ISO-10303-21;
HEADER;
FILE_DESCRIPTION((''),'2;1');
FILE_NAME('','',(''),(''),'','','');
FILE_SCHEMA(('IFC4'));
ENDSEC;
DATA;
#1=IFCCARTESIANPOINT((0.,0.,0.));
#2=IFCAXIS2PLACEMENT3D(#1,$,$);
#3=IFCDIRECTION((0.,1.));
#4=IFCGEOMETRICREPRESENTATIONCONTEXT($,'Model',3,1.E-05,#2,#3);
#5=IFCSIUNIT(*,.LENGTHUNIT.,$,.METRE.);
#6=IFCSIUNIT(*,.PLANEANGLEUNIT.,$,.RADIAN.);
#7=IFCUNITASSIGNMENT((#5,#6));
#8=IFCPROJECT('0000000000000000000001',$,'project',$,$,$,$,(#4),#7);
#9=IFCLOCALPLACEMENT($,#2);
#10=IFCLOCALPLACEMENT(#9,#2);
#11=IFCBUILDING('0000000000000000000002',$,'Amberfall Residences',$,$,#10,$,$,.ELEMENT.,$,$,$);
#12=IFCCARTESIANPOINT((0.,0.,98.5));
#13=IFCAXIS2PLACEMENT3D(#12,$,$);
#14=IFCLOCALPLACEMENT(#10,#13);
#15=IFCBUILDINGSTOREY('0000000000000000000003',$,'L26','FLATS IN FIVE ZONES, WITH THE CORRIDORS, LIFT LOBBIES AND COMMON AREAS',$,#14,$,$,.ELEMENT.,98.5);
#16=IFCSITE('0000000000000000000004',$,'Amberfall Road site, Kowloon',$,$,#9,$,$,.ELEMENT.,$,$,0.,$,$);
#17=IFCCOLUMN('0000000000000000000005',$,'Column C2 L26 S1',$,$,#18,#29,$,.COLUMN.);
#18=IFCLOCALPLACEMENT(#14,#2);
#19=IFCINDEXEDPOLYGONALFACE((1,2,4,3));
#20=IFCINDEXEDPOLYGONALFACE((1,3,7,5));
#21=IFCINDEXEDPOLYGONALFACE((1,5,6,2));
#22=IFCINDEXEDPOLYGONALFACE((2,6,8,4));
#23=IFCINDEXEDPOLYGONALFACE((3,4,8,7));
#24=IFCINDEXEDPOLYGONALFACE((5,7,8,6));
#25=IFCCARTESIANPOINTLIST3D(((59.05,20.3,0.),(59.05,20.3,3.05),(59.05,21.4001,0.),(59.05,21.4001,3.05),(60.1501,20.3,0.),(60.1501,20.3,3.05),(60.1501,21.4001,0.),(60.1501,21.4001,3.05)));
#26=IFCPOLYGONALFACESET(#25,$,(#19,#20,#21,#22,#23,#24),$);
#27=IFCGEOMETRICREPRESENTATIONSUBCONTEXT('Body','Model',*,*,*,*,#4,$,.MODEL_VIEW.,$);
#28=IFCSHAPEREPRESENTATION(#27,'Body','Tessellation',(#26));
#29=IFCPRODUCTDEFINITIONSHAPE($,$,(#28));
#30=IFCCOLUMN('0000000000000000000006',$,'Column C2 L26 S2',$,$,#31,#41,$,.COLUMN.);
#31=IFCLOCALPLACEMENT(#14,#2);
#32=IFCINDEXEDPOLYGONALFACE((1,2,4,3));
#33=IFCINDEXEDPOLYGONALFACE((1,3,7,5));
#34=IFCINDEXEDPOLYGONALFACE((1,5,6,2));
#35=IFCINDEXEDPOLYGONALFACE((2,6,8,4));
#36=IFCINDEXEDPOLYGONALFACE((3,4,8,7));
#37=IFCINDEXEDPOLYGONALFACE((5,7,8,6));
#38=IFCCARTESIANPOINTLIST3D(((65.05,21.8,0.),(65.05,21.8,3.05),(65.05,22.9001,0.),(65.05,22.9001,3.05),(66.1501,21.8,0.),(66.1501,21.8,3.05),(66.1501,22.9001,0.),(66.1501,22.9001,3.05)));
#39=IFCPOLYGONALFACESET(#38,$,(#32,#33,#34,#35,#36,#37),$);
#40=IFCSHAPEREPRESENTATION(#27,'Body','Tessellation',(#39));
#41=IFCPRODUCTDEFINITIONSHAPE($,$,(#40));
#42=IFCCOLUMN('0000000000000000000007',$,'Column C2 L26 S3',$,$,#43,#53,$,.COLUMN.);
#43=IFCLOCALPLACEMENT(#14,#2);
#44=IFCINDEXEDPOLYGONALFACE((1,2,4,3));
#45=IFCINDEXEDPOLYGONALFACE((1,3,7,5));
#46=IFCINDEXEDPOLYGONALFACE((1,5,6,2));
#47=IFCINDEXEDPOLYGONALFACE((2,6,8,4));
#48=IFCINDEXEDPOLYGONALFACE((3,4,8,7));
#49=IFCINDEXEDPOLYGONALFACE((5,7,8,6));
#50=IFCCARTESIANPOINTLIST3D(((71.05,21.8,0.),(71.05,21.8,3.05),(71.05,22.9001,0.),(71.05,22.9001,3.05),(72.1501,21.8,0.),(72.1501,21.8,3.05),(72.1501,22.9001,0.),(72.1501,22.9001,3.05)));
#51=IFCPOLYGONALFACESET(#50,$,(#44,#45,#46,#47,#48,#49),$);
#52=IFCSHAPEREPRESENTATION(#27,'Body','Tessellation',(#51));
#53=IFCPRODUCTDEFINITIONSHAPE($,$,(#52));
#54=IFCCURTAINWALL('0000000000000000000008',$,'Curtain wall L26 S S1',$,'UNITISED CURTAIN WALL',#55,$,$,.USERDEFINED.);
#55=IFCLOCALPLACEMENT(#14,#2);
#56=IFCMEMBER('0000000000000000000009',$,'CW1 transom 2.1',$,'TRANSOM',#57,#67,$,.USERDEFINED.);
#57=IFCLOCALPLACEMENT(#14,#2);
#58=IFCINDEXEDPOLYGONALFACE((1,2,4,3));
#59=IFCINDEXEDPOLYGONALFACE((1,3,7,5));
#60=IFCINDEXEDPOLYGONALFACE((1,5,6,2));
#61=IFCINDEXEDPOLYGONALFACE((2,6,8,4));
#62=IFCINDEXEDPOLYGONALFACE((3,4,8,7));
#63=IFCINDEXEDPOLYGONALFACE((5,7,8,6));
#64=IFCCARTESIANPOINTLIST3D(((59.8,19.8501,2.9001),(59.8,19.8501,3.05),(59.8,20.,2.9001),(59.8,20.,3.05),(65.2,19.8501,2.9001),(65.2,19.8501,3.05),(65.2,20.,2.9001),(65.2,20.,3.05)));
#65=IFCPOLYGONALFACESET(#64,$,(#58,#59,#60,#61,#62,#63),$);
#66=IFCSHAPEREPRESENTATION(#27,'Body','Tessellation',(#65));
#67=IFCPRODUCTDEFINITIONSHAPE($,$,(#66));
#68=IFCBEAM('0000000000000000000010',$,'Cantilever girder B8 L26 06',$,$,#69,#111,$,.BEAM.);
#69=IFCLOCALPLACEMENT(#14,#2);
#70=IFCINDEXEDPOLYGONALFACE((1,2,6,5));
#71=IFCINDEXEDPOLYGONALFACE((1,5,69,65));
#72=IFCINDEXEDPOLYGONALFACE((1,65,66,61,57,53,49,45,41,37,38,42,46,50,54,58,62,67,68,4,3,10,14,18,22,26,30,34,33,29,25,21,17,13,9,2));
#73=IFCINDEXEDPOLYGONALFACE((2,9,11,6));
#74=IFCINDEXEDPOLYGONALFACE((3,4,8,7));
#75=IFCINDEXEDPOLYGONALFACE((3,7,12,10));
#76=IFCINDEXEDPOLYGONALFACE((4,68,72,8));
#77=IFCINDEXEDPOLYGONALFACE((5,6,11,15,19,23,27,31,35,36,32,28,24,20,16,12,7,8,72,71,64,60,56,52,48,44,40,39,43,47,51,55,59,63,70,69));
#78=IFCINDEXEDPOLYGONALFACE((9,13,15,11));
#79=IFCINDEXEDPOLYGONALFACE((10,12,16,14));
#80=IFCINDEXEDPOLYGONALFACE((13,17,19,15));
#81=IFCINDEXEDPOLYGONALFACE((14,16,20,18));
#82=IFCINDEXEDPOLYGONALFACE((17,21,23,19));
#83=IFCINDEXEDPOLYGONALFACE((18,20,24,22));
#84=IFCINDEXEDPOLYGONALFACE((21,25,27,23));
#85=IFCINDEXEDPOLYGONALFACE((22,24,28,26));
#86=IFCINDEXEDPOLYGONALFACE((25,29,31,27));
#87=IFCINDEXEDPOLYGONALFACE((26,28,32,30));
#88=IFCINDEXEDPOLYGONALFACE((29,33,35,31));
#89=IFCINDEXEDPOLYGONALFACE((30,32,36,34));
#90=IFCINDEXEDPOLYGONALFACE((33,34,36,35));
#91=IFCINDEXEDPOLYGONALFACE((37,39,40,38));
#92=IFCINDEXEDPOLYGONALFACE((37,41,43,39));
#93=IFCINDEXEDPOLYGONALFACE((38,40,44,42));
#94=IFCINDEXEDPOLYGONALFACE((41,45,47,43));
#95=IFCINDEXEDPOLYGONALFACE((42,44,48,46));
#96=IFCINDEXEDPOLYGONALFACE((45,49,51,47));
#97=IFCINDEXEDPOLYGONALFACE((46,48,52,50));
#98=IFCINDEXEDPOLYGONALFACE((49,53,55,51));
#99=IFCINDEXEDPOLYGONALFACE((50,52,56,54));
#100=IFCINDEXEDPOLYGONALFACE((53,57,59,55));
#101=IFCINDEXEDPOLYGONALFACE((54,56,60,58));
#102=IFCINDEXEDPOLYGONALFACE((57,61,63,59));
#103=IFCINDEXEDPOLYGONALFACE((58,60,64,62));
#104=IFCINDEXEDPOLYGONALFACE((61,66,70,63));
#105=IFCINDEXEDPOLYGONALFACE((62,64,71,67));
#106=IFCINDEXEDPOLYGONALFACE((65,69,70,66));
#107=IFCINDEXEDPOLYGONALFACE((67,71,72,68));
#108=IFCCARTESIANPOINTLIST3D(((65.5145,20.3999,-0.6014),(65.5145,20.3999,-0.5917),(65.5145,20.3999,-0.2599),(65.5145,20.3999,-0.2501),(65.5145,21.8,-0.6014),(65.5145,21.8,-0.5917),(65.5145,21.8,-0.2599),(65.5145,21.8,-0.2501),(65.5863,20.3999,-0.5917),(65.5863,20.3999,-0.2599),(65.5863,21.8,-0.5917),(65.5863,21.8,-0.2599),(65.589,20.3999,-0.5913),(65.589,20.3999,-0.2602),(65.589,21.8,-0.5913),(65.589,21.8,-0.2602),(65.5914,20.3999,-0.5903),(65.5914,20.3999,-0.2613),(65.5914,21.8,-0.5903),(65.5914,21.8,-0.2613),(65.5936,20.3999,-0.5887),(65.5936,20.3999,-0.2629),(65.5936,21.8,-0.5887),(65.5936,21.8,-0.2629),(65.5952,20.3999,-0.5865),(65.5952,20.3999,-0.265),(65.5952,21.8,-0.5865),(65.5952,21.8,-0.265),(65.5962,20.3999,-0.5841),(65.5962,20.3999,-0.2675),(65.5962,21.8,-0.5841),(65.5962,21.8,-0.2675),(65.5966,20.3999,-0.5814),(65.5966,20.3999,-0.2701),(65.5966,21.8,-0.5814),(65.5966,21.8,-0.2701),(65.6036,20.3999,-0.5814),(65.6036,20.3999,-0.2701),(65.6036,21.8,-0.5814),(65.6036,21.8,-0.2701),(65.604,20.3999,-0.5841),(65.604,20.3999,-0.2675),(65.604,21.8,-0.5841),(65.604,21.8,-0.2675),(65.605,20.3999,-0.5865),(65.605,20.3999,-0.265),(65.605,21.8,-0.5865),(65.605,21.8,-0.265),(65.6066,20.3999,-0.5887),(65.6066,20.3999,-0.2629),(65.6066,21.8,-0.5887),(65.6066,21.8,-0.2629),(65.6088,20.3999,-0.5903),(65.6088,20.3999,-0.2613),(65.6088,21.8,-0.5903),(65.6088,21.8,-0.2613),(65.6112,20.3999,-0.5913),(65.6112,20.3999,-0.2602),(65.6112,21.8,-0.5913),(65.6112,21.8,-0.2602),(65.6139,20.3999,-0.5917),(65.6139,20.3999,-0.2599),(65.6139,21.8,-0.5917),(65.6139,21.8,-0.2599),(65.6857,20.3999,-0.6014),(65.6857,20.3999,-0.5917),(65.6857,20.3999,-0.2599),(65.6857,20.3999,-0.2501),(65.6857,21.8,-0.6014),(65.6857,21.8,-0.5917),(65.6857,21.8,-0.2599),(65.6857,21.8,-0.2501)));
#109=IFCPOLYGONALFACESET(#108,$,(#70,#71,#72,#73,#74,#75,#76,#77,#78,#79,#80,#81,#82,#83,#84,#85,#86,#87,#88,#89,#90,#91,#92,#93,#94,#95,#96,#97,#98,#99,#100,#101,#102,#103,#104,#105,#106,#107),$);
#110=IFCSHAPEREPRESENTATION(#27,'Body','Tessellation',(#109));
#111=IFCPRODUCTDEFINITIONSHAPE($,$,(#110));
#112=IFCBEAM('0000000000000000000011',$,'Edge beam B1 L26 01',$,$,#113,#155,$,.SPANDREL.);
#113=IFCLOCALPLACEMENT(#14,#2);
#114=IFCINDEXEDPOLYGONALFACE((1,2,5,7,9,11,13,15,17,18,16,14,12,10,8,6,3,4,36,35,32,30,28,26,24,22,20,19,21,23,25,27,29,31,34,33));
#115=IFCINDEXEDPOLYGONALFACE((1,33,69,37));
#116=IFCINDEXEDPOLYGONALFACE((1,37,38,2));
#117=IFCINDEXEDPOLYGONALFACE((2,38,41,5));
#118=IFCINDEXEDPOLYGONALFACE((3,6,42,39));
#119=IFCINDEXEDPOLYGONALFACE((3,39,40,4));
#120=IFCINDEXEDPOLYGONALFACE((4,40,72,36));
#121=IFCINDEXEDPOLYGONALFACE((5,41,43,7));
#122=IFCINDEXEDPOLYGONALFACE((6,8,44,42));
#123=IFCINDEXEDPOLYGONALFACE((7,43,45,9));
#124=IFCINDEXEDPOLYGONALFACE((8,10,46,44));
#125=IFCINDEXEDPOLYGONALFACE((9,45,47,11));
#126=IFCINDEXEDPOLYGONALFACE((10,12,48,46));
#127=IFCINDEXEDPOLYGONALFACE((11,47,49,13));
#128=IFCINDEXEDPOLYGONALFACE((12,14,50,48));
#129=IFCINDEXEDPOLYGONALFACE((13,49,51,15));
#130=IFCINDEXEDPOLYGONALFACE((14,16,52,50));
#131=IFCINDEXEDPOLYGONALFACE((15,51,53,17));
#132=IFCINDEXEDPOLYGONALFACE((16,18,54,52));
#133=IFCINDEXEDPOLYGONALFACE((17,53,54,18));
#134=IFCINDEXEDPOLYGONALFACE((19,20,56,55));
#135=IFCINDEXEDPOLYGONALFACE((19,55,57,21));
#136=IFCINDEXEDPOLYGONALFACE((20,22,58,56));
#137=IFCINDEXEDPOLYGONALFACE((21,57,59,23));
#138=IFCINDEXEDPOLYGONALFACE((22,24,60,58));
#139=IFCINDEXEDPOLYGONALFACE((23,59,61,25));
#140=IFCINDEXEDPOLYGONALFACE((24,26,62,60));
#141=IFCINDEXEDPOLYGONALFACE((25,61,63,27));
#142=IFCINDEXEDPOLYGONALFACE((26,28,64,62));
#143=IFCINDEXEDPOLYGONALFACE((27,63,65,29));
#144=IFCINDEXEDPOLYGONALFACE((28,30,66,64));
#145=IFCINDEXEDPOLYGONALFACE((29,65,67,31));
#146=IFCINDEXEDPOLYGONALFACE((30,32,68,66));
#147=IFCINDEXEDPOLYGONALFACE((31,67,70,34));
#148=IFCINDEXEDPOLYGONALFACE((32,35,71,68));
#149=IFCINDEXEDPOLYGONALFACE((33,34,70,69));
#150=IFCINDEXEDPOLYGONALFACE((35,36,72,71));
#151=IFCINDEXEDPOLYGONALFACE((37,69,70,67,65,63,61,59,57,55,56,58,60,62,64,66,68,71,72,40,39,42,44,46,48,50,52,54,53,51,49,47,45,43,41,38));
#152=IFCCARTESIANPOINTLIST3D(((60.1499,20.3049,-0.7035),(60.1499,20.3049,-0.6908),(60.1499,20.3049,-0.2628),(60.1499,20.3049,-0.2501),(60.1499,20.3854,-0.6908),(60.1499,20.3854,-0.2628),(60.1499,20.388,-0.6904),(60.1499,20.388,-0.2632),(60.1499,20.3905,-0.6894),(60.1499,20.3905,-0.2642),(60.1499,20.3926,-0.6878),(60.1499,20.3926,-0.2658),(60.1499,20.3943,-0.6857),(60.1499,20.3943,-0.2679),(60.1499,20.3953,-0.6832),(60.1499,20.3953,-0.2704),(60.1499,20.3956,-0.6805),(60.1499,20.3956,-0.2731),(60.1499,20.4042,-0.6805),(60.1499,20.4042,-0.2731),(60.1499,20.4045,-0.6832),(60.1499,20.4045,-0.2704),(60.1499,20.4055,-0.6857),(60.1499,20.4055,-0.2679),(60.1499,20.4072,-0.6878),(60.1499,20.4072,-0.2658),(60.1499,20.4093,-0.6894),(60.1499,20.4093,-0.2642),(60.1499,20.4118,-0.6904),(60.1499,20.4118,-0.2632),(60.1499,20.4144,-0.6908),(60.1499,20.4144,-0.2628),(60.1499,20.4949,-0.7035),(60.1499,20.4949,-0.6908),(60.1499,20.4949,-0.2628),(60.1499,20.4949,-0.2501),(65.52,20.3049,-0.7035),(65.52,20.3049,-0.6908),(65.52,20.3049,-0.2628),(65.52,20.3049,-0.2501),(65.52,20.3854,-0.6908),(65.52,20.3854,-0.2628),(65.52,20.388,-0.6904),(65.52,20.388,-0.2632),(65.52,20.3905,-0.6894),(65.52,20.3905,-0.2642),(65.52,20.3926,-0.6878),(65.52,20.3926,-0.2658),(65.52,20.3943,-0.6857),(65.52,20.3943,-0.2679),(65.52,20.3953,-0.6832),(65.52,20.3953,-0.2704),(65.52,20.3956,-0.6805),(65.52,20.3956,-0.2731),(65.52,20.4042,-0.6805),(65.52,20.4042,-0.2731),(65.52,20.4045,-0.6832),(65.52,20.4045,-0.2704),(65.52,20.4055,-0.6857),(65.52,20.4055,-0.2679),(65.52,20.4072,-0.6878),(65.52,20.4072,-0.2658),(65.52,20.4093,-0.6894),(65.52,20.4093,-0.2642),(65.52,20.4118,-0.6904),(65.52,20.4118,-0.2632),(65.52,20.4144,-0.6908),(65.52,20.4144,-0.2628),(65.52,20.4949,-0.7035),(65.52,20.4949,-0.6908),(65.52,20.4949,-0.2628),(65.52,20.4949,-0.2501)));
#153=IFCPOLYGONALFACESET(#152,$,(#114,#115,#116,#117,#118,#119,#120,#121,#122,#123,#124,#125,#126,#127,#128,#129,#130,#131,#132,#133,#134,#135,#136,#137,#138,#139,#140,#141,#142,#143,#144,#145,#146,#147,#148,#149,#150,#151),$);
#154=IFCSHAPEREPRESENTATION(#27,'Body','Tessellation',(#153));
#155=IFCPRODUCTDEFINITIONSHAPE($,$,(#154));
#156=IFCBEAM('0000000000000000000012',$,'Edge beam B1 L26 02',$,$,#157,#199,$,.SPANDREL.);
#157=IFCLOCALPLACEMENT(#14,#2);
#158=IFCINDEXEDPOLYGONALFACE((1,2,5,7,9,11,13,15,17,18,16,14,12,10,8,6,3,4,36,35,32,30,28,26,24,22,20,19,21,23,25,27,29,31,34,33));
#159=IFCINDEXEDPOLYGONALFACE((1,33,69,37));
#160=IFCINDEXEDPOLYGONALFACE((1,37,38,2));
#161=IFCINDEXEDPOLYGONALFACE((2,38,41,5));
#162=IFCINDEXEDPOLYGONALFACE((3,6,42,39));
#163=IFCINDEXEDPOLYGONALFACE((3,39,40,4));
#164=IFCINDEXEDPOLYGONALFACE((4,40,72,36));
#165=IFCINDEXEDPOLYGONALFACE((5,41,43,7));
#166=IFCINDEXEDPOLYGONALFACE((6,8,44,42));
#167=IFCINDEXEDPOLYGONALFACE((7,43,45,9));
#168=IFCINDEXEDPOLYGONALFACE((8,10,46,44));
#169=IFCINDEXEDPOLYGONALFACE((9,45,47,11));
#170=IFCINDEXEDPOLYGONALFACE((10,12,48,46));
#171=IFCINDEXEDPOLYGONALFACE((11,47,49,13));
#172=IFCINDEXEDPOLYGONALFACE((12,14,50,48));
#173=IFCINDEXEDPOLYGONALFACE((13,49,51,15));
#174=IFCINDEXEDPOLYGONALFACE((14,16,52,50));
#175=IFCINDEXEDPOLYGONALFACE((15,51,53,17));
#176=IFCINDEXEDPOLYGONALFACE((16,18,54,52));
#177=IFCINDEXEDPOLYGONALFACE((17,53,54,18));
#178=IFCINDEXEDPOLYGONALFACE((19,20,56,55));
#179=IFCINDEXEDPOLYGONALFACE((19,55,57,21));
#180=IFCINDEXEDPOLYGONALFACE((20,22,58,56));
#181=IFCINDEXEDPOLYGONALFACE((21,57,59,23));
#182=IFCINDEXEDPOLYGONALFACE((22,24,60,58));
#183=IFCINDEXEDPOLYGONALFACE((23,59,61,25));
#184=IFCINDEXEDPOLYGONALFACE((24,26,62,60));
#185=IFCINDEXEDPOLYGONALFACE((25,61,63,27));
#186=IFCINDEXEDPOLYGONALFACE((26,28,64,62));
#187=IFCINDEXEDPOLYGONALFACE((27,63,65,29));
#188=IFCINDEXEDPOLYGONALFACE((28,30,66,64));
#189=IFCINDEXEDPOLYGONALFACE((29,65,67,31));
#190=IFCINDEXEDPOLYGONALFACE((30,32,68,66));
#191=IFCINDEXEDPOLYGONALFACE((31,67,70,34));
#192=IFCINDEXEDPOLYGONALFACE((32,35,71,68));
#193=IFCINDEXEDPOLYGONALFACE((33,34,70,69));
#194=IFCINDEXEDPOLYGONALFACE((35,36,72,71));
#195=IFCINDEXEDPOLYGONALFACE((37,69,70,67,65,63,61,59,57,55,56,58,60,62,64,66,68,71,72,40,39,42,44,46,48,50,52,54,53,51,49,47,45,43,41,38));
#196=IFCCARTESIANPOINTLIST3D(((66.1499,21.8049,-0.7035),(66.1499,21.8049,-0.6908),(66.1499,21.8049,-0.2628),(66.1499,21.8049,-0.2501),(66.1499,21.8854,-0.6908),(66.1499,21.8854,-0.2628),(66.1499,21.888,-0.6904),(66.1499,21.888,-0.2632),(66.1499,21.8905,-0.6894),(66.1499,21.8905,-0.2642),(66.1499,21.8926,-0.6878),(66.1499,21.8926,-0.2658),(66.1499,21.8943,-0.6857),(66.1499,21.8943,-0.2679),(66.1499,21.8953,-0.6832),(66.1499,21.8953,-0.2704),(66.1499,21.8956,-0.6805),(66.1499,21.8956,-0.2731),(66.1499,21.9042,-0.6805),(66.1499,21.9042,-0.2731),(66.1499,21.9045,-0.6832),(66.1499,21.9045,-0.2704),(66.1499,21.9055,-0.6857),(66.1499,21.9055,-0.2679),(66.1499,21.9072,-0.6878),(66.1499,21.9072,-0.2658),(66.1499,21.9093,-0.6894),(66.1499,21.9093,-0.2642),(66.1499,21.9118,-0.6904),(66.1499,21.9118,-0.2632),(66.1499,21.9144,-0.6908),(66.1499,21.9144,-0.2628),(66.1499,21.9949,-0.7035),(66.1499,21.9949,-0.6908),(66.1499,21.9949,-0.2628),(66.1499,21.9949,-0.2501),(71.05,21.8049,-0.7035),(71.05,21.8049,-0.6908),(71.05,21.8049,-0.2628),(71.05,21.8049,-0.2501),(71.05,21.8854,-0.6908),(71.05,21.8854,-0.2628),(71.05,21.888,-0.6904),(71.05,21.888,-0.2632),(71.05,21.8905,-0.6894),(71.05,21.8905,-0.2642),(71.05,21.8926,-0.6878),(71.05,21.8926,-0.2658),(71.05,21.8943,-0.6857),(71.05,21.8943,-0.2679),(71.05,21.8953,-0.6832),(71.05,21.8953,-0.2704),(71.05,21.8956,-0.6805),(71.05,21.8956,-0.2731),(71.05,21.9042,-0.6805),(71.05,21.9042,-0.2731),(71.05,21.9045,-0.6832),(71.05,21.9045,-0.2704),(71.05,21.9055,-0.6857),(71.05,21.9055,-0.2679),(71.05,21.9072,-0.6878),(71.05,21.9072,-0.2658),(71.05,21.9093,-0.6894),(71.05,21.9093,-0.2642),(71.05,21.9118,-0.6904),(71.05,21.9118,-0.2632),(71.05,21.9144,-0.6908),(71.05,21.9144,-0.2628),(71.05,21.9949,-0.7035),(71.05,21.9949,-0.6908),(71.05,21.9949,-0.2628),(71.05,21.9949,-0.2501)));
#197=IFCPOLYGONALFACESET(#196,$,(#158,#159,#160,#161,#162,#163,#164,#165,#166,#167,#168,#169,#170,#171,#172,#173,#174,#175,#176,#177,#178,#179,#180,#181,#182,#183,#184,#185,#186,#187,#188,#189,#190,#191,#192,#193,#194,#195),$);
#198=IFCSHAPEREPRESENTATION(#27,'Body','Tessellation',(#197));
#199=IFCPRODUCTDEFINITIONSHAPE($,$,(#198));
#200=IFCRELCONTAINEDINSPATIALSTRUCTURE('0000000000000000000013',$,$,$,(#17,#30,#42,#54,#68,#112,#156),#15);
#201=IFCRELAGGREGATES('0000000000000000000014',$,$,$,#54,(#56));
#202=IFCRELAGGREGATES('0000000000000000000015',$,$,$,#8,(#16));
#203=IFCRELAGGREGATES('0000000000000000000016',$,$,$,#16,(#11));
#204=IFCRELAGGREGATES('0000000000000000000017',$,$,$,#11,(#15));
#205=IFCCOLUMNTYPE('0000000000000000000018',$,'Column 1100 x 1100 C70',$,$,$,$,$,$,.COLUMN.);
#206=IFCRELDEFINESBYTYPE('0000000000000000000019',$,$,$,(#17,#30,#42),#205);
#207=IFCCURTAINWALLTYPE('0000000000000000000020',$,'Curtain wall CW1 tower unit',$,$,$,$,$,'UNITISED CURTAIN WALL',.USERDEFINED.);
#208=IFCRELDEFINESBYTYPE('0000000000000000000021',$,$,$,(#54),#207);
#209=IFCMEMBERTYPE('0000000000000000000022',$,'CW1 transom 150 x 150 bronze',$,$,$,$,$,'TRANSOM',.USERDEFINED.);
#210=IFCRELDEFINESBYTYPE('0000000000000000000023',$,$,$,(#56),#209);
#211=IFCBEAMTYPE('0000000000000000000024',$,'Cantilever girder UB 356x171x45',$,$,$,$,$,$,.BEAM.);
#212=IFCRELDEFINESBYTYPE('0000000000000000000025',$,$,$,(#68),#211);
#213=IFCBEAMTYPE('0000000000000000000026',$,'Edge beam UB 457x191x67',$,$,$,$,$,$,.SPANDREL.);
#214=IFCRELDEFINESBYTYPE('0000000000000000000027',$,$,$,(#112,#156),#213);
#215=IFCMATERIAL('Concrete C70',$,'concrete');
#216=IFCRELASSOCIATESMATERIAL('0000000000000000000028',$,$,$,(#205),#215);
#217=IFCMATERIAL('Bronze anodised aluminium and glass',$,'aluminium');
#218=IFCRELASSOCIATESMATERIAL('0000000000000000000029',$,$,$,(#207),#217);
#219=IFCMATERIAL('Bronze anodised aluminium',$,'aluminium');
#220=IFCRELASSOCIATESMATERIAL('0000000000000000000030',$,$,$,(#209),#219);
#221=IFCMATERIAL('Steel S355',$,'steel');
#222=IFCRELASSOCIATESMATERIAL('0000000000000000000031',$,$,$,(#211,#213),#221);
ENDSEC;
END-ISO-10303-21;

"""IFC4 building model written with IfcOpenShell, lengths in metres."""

from ifc_helpers import new_model, si_unit, direction, frame, origin, origin_2d, place, context, subcontext, project, spatial, rectangle, i_section, extrude, material, material_profile, profile_set, type_object, element, aggregate, save


model = new_model("IFC4")

# Units and contexts
model_context = context("Model", 3, precision=1e-05, world=origin(), true_north=direction((0.0, 1.0)))
body_context = subcontext(model_context, "Body", "Model", "MODEL_VIEW")
ifc_project = project(units=[si_unit("LENGTHUNIT", "METRE"), si_unit("PLANEANGLEUNIT", "RADIAN")], contexts=[model_context])

# Site, building, storey
site_placement = place(None, origin())
site = spatial("IfcSite", under=ifc_project, at=site_placement, Name="Amberfall Road site, Kowloon", CompositionType="ELEMENT", RefElevation=0.0)
building_placement = place(site_placement, origin())
building = spatial("IfcBuilding", under=site, at=building_placement, Name="Amberfall Residences", CompositionType="ELEMENT")
storey_placement = place(building_placement, frame((0.0, 0.0, 98.5)))
storey = spatial("IfcBuildingStorey", under=building, at=storey_placement, Name="L26", Description="FLATS IN FIVE ZONES, WITH THE CORRIDORS, LIFT LOBBIES AND COMMON AREAS", CompositionType="ELEMENT", Elevation=98.5)

# Columns
ifc_material_1 = material(Name="Concrete C70", Category="concrete")
ifc_material_profile_1 = material_profile(ifc_material_1, rectangle(XDim=1.1001, YDim=1.1001, at=origin_2d()), Name="Column 1100 x 1100 C70")
ifc_profile_set_1 = profile_set([ifc_material_profile_1], Name="Concrete C70")
column_type = type_object("IfcColumnType", Name="Column 1100 x 1100 C70", PredefinedType="COLUMN", material=ifc_profile_set_1)
for number, where, z_axis, x_axis, name in (
    (1, (59.6001, 20.8501, 0.0), (0.0, 0.0, 1.0), (1.0, 0.0, 0.0), "Column C2 L26 S1"),
    (2, (65.6001, 22.3501, 0.0), (0.0, 0.0, 1.0), (1.0, 0.0, 0.0), "Column C2 L26 S2"),
    (3, (71.6001, 22.3501, 0.0), (0.0, 0.0, 1.0), (1.0, 0.0, 0.0), "Column C2 L26 S3"),
):
    element("IfcColumn", number, at=place(storey_placement, frame(where, z_axis=z_axis, x_axis=x_axis)), inside=storey, type_object=column_type, Name=name, PredefinedType="COLUMN", context=body_context, shape_type="SweptSolid", body=[
        extrude(rectangle(XDim=1.1001, YDim=1.1001, at=origin_2d()), origin(), (0.0, 0.0, 1.0), 3.05),
    ])

# Curtain wall, member
ifc_material_2 = material(Name="Bronze anodised aluminium and glass", Category="aluminium")
curtain_wall_type = type_object("IfcCurtainWallType", Name="Curtain wall CW1 tower unit", ElementType="UNITISED CURTAIN WALL", PredefinedType="USERDEFINED", material=ifc_material_2)
curtain_wall_placement = place(storey_placement, origin())
curtain_wall = element("IfcCurtainWall", 4, at=curtain_wall_placement, inside=storey, type_object=curtain_wall_type, Name="Curtain wall L26 S S1", ObjectType="UNITISED CURTAIN WALL", PredefinedType="USERDEFINED")
ifc_material_3 = material(Name="Bronze anodised aluminium", Category="aluminium")
ifc_material_profile_2 = material_profile(ifc_material_3, rectangle(XDim=0.1499, YDim=0.1499, at=origin_2d()), Name="CW1 transom 150 x 150 bronze")
ifc_profile_set_2 = profile_set([ifc_material_profile_2], Name="Bronze anodised aluminium")
member_type_1 = type_object("IfcMemberType", Name="CW1 transom 150 x 150 bronze", ElementType="TRANSOM", PredefinedType="USERDEFINED", material=ifc_profile_set_2)
member_1_placement = place(storey_placement, frame((59.8, 19.925, 2.9751), z_axis=(1.0, 0.0, 0.0), x_axis=(0.0, 1.0, 0.0)))
member_1 = element("IfcMember", 5, at=member_1_placement, type_object=member_type_1, Name="CW1 transom 2.1", ObjectType="TRANSOM", PredefinedType="USERDEFINED", context=body_context, shape_type="SweptSolid", body=[
    extrude(rectangle(XDim=0.1499, YDim=0.1499, at=origin_2d()), origin(), (0.0, 0.0, 1.0), 5.3999),
])

# Beams
ifc_material_4 = material(Name="Steel S355", Category="steel")
ifc_material_profile_3 = material_profile(ifc_material_4, i_section(OverallWidth=0.1711, OverallDepth=0.3513, WebThickness=0.0071, FlangeThickness=0.0098, FilletRadius=0.0103, at=origin_2d()), Name="UB 356x171x45")
ifc_profile_set_3 = profile_set([ifc_material_profile_3], Name="Steel S355")
beam_type_1 = type_object("IfcBeamType", Name="Cantilever girder UB 356x171x45", PredefinedType="BEAM", material=ifc_profile_set_3)
beam_1_placement = place(storey_placement, frame((65.6001, 21.8, -0.4258), z_axis=(0.0, -1.0, 0.0), x_axis=(1.0, 0.0, 0.0)))
element("IfcBeam", 6, at=beam_1_placement, inside=storey, type_object=beam_type_1, Name="Cantilever girder B8 L26 06", PredefinedType="BEAM", context=body_context, shape_type="SweptSolid", body=[
    extrude(i_section(OverallWidth=0.1711, OverallDepth=0.3513, WebThickness=0.0071, FlangeThickness=0.0098, FilletRadius=0.0103, at=origin_2d()), origin(), (0.0, 0.0, 1.0), 1.4001),
])
ifc_material_profile_4 = material_profile(ifc_material_4, i_section(OverallWidth=0.1899, OverallDepth=0.4534, WebThickness=0.0085, FlangeThickness=0.0127, FilletRadius=0.0103, at=origin_2d()), Name="UB 457x191x67")
ifc_profile_set_4 = profile_set([ifc_material_profile_4], Name="Steel S355")
beam_type_2 = type_object("IfcBeamType", Name="Edge beam UB 457x191x67", PredefinedType="SPANDREL", material=ifc_profile_set_4)
beam_2_placement = place(storey_placement, frame((60.1499, 20.3999, -0.4768), z_axis=(1.0, 0.0, 0.0), x_axis=(0.0, 1.0, 0.0)))
element("IfcBeam", 7, at=beam_2_placement, inside=storey, type_object=beam_type_2, Name="Edge beam B1 L26 01", PredefinedType="SPANDREL", context=body_context, shape_type="SweptSolid", body=[
    extrude(i_section(OverallWidth=0.1899, OverallDepth=0.4534, WebThickness=0.0085, FlangeThickness=0.0127, FilletRadius=0.0103, at=origin_2d()), origin(), (0.0, 0.0, 1.0), 5.3701),
])
beam_3_placement = place(storey_placement, frame((66.1499, 21.8999, -0.4768), z_axis=(1.0, 0.0, 0.0), x_axis=(0.0, 1.0, 0.0)))
element("IfcBeam", 8, at=beam_3_placement, inside=storey, type_object=beam_type_2, Name="Edge beam B1 L26 02", PredefinedType="SPANDREL", context=body_context, shape_type="SweptSolid", body=[
    extrude(i_section(OverallWidth=0.1899, OverallDepth=0.4534, WebThickness=0.0085, FlangeThickness=0.0127, FilletRadius=0.0103, at=origin_2d()), origin(), (0.0, 0.0, 1.0), 4.9001),
])

aggregate(curtain_wall, [member_1])

save(model, "model.ifc")
